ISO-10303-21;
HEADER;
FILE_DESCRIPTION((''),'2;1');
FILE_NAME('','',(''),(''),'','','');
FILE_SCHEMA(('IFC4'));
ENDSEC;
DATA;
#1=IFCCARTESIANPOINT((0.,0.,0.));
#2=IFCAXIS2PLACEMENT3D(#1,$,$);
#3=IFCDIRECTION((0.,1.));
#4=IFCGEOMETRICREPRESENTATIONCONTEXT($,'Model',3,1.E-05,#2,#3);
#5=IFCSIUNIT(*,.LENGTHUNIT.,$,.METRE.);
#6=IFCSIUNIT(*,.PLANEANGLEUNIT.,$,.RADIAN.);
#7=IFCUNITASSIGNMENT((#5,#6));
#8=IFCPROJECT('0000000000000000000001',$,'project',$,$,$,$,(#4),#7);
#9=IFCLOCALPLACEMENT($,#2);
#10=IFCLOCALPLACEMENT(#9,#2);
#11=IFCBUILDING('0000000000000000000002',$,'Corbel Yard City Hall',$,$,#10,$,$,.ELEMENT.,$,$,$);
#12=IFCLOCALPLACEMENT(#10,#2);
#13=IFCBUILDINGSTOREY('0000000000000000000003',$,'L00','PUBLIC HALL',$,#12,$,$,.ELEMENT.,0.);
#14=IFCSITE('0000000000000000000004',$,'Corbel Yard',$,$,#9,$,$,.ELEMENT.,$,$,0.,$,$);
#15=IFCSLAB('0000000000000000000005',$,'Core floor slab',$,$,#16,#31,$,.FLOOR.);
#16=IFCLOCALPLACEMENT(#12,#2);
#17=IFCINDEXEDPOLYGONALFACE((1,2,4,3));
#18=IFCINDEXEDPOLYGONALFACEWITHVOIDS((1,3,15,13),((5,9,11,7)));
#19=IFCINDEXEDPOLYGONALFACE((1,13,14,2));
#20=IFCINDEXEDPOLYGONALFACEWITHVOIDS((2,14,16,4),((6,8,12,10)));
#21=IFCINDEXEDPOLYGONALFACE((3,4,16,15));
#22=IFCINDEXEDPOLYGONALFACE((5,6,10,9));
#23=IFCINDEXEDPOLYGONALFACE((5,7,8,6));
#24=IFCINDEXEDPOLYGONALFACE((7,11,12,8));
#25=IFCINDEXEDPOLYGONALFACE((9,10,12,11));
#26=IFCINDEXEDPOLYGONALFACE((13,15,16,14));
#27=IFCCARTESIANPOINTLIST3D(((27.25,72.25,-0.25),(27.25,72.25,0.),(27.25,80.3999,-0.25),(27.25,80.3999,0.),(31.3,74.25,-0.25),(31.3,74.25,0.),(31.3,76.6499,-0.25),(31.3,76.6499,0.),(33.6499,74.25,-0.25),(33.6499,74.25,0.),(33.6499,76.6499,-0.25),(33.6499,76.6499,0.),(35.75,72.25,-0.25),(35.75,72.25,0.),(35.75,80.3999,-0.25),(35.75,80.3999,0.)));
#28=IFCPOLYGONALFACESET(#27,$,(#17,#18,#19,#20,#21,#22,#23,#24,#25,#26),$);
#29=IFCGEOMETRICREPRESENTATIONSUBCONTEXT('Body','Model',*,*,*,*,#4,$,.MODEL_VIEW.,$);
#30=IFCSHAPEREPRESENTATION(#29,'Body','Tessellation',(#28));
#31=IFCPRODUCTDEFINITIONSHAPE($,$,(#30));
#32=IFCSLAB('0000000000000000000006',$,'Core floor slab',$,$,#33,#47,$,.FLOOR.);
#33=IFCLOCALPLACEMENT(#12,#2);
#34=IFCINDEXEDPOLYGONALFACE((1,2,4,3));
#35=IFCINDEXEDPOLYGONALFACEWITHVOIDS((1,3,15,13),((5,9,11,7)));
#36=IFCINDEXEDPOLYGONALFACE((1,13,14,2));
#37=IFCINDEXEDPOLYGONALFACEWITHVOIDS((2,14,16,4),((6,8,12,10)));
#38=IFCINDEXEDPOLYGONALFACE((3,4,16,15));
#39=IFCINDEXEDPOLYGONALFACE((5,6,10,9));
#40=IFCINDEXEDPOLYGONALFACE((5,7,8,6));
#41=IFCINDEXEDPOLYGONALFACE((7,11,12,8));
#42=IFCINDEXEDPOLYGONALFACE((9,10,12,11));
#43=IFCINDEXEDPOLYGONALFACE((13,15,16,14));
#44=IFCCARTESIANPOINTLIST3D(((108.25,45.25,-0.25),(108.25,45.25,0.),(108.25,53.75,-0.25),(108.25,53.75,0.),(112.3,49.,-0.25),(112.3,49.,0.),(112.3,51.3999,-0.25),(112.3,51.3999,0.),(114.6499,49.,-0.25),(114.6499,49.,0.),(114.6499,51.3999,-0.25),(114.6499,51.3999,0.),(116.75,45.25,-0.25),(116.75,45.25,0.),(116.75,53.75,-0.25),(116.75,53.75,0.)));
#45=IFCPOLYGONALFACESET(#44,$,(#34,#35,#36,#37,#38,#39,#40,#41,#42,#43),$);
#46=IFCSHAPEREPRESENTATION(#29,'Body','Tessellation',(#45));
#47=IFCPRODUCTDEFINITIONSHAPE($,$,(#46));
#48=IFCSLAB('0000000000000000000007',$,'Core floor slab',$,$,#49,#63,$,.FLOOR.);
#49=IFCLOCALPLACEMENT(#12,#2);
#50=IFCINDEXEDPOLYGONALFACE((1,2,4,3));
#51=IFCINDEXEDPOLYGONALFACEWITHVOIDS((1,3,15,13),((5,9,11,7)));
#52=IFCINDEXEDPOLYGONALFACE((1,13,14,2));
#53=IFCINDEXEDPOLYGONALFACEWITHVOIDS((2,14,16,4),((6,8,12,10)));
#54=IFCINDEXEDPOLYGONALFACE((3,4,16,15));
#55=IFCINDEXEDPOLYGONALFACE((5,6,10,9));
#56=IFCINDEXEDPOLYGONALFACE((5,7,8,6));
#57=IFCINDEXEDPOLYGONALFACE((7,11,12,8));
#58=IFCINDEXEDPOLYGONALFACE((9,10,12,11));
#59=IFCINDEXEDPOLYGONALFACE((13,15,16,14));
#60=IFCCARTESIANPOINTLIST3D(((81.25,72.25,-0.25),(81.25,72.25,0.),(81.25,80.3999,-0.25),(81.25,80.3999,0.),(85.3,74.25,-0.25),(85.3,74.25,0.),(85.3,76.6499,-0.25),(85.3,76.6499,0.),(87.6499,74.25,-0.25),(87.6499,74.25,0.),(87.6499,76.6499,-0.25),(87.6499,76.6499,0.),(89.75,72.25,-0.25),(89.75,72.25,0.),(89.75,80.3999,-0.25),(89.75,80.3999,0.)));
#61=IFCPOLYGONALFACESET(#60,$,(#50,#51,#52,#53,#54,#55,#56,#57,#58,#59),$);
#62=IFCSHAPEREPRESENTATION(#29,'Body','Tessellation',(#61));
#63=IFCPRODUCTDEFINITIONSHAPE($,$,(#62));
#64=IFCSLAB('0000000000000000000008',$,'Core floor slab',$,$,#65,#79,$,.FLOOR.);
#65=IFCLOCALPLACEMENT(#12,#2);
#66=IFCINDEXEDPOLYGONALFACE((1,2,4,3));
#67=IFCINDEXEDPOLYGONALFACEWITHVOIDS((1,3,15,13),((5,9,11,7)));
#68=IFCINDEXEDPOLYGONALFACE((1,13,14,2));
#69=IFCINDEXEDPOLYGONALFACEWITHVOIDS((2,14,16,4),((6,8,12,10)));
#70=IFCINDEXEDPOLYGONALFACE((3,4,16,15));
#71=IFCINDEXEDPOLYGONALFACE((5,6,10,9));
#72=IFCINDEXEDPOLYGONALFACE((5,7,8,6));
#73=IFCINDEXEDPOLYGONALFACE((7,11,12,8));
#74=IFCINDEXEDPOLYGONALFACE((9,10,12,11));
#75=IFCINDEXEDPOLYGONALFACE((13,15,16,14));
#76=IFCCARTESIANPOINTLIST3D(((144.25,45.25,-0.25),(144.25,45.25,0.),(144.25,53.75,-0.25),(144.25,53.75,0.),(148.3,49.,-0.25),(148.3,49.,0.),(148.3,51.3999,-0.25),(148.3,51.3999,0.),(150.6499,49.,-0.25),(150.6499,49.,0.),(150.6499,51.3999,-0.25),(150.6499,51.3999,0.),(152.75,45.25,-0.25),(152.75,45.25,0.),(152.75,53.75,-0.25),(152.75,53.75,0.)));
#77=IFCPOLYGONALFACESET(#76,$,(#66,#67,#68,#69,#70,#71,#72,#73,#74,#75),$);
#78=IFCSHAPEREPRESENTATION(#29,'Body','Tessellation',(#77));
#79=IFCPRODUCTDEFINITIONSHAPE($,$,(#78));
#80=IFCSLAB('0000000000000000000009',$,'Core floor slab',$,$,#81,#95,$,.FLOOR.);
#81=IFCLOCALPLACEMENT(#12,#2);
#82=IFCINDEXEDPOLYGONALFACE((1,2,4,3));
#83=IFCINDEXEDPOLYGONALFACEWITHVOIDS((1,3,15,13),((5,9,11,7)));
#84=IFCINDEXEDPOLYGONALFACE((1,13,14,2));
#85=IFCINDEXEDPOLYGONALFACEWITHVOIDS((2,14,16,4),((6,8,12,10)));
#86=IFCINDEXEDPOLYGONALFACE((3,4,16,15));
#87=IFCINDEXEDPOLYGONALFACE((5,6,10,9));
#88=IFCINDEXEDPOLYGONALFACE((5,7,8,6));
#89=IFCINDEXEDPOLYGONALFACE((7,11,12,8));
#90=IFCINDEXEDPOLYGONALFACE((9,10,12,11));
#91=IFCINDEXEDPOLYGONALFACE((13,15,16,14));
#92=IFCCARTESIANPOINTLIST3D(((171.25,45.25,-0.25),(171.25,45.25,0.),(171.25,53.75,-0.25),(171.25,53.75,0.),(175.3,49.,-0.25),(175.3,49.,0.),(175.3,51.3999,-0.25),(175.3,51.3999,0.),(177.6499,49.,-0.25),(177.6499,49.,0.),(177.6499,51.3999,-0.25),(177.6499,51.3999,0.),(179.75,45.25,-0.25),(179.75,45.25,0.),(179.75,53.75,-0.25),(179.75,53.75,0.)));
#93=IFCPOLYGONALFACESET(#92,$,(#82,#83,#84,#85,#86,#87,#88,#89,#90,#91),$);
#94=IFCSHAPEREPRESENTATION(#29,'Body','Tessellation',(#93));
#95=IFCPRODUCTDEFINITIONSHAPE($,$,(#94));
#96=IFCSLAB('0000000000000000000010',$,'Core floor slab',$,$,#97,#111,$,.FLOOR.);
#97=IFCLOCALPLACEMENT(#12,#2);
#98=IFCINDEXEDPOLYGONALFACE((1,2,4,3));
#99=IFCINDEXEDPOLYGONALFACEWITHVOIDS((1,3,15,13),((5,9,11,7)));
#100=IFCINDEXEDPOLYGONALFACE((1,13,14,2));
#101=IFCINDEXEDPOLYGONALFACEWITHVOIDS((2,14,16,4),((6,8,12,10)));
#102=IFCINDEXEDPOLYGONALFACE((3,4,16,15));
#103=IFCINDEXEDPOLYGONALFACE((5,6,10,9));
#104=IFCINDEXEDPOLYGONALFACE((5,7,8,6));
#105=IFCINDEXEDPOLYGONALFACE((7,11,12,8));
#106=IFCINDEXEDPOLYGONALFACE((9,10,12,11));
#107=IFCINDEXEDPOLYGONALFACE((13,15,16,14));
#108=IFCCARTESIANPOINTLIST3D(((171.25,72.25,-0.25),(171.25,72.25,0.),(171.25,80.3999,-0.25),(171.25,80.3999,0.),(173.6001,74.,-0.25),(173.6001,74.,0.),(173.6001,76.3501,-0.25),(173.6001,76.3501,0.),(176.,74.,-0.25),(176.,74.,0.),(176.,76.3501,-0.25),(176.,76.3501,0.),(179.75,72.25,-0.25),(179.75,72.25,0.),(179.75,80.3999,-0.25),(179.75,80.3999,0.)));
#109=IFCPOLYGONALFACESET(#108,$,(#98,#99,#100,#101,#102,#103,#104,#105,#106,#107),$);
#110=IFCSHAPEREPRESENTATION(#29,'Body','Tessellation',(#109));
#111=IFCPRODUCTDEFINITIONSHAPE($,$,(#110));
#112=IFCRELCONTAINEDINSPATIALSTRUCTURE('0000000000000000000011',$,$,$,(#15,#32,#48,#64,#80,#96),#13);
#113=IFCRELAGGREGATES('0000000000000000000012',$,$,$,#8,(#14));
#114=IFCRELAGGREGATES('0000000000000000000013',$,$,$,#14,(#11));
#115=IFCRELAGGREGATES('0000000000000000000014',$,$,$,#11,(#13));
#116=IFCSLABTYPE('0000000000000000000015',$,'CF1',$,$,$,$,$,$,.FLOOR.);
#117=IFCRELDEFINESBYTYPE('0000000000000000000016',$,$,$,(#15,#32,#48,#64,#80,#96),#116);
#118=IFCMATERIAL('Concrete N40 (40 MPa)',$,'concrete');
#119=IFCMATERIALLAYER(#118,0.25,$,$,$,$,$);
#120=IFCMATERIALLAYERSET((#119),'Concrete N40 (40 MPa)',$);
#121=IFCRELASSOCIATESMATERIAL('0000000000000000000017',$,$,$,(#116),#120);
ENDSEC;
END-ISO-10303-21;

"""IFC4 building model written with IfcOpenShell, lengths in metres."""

from ifc_helpers import new_model, si_unit, direction, frame, origin, place, context, subcontext, project, spatial, polyline, outline, extrude, material, layer, layer_set, type_object, element, save


model = new_model("IFC4")

# Units and contexts
model_context = context("Model", 3, precision=1e-05, world=origin(), true_north=direction((0.0, 1.0)))
body_context = subcontext(model_context, "Body", "Model", "MODEL_VIEW")
ifc_project = project(units=[si_unit("LENGTHUNIT", "METRE"), si_unit("PLANEANGLEUNIT", "RADIAN")], contexts=[model_context])

# Site, building, storey
site_placement = place(None, origin())
site = spatial("IfcSite", under=ifc_project, at=site_placement, Name="Corbel Yard", CompositionType="ELEMENT", RefElevation=0.0)
building_placement = place(site_placement, origin())
building = spatial("IfcBuilding", under=site, at=building_placement, Name="Corbel Yard City Hall", CompositionType="ELEMENT")
storey_placement = place(building_placement, origin())
storey = spatial("IfcBuildingStorey", under=building, at=storey_placement, Name="L00", Description="PUBLIC HALL", CompositionType="ELEMENT", Elevation=0.0)

# Shared definitions
ifc_material = material(Name="Concrete N40 (40 MPa)", Category="concrete")

# Slabs
ifc_layer_1 = layer(ifc_material, 0.25)
ifc_layer_set_1 = layer_set([ifc_layer_1], Name="Concrete N40 (40 MPa)")
slab_type_1 = type_object("IfcSlabType", Name="CF1", PredefinedType="FLOOR", material=ifc_layer_set_1)
slab_1_placement = place(storey_placement, frame((0.0, 0.0, -0.25)))
element("IfcSlab", 1, at=slab_1_placement, inside=storey, type_object=slab_type_1, Name="Core floor slab", PredefinedType="FLOOR", context=body_context, shape_type="SweptSolid", body=[
    extrude(outline(polyline([(27.25, 72.25), (35.75, 72.25), (35.75, 80.3999), (27.25, 80.3999), (27.25, 72.25)]), holes=[polyline([(33.6499, 76.6499), (31.3, 76.6499), (31.3, 74.25), (33.6499, 74.25), (33.6499, 76.6499)])]), origin(), (0.0, 0.0, 1.0), 0.25),
])
slab_2_placement = place(storey_placement, frame((0.0, 0.0, -0.25)))
element("IfcSlab", 2, at=slab_2_placement, inside=storey, type_object=slab_type_1, Name="Core floor slab", PredefinedType="FLOOR", context=body_context, shape_type="SweptSolid", body=[
    extrude(outline(polyline([(108.25, 45.25), (116.75, 45.25), (116.75, 53.75), (108.25, 53.75), (108.25, 45.25)]), holes=[polyline([(114.6499, 51.3999), (112.3, 51.3999), (112.3, 49.0), (114.6499, 49.0), (114.6499, 51.3999)])]), origin(), (0.0, 0.0, 1.0), 0.25),
])
slab_3_placement = place(storey_placement, frame((0.0, 0.0, -0.25)))
element("IfcSlab", 3, at=slab_3_placement, inside=storey, type_object=slab_type_1, Name="Core floor slab", PredefinedType="FLOOR", context=body_context, shape_type="SweptSolid", body=[
    extrude(outline(polyline([(81.25, 72.25), (89.75, 72.25), (89.75, 80.3999), (81.25, 80.3999), (81.25, 72.25)]), holes=[polyline([(87.6499, 76.6499), (85.3, 76.6499), (85.3, 74.25), (87.6499, 74.25), (87.6499, 76.6499)])]), origin(), (0.0, 0.0, 1.0), 0.25),
])
slab_4_placement = place(storey_placement, frame((0.0, 0.0, -0.25)))
element("IfcSlab", 4, at=slab_4_placement, inside=storey, type_object=slab_type_1, Name="Core floor slab", PredefinedType="FLOOR", context=body_context, shape_type="SweptSolid", body=[
    extrude(outline(polyline([(144.25, 45.25), (152.75, 45.25), (152.75, 53.75), (144.25, 53.75), (144.25, 45.25)]), holes=[polyline([(150.6499, 51.3999), (148.3, 51.3999), (148.3, 49.0), (150.6499, 49.0), (150.6499, 51.3999)])]), origin(), (0.0, 0.0, 1.0), 0.25),
])
slab_5_placement = place(storey_placement, frame((0.0, 0.0, -0.25)))
element("IfcSlab", 5, at=slab_5_placement, inside=storey, type_object=slab_type_1, Name="Core floor slab", PredefinedType="FLOOR", context=body_context, shape_type="SweptSolid", body=[
    extrude(outline(polyline([(171.25, 45.25), (179.75, 45.25), (179.75, 53.75), (171.25, 53.75), (171.25, 45.25)]), holes=[polyline([(177.6499, 51.3999), (175.3, 51.3999), (175.3, 49.0), (177.6499, 49.0), (177.6499, 51.3999)])]), origin(), (0.0, 0.0, 1.0), 0.25),
])
slab_6_placement = place(storey_placement, frame((0.0, 0.0, -0.25)))
element("IfcSlab", 6, at=slab_6_placement, inside=storey, type_object=slab_type_1, Name="Core floor slab", PredefinedType="FLOOR", context=body_context, shape_type="SweptSolid", body=[
    extrude(outline(polyline([(171.25, 72.25), (179.75, 72.25), (179.75, 80.3999), (171.25, 80.3999), (171.25, 72.25)]), holes=[polyline([(176.0, 76.3501), (173.6001, 76.3501), (173.6001, 74.0), (176.0, 74.0), (176.0, 76.3501)])]), origin(), (0.0, 0.0, 1.0), 0.25),
])

save(model, "model.ifc")
